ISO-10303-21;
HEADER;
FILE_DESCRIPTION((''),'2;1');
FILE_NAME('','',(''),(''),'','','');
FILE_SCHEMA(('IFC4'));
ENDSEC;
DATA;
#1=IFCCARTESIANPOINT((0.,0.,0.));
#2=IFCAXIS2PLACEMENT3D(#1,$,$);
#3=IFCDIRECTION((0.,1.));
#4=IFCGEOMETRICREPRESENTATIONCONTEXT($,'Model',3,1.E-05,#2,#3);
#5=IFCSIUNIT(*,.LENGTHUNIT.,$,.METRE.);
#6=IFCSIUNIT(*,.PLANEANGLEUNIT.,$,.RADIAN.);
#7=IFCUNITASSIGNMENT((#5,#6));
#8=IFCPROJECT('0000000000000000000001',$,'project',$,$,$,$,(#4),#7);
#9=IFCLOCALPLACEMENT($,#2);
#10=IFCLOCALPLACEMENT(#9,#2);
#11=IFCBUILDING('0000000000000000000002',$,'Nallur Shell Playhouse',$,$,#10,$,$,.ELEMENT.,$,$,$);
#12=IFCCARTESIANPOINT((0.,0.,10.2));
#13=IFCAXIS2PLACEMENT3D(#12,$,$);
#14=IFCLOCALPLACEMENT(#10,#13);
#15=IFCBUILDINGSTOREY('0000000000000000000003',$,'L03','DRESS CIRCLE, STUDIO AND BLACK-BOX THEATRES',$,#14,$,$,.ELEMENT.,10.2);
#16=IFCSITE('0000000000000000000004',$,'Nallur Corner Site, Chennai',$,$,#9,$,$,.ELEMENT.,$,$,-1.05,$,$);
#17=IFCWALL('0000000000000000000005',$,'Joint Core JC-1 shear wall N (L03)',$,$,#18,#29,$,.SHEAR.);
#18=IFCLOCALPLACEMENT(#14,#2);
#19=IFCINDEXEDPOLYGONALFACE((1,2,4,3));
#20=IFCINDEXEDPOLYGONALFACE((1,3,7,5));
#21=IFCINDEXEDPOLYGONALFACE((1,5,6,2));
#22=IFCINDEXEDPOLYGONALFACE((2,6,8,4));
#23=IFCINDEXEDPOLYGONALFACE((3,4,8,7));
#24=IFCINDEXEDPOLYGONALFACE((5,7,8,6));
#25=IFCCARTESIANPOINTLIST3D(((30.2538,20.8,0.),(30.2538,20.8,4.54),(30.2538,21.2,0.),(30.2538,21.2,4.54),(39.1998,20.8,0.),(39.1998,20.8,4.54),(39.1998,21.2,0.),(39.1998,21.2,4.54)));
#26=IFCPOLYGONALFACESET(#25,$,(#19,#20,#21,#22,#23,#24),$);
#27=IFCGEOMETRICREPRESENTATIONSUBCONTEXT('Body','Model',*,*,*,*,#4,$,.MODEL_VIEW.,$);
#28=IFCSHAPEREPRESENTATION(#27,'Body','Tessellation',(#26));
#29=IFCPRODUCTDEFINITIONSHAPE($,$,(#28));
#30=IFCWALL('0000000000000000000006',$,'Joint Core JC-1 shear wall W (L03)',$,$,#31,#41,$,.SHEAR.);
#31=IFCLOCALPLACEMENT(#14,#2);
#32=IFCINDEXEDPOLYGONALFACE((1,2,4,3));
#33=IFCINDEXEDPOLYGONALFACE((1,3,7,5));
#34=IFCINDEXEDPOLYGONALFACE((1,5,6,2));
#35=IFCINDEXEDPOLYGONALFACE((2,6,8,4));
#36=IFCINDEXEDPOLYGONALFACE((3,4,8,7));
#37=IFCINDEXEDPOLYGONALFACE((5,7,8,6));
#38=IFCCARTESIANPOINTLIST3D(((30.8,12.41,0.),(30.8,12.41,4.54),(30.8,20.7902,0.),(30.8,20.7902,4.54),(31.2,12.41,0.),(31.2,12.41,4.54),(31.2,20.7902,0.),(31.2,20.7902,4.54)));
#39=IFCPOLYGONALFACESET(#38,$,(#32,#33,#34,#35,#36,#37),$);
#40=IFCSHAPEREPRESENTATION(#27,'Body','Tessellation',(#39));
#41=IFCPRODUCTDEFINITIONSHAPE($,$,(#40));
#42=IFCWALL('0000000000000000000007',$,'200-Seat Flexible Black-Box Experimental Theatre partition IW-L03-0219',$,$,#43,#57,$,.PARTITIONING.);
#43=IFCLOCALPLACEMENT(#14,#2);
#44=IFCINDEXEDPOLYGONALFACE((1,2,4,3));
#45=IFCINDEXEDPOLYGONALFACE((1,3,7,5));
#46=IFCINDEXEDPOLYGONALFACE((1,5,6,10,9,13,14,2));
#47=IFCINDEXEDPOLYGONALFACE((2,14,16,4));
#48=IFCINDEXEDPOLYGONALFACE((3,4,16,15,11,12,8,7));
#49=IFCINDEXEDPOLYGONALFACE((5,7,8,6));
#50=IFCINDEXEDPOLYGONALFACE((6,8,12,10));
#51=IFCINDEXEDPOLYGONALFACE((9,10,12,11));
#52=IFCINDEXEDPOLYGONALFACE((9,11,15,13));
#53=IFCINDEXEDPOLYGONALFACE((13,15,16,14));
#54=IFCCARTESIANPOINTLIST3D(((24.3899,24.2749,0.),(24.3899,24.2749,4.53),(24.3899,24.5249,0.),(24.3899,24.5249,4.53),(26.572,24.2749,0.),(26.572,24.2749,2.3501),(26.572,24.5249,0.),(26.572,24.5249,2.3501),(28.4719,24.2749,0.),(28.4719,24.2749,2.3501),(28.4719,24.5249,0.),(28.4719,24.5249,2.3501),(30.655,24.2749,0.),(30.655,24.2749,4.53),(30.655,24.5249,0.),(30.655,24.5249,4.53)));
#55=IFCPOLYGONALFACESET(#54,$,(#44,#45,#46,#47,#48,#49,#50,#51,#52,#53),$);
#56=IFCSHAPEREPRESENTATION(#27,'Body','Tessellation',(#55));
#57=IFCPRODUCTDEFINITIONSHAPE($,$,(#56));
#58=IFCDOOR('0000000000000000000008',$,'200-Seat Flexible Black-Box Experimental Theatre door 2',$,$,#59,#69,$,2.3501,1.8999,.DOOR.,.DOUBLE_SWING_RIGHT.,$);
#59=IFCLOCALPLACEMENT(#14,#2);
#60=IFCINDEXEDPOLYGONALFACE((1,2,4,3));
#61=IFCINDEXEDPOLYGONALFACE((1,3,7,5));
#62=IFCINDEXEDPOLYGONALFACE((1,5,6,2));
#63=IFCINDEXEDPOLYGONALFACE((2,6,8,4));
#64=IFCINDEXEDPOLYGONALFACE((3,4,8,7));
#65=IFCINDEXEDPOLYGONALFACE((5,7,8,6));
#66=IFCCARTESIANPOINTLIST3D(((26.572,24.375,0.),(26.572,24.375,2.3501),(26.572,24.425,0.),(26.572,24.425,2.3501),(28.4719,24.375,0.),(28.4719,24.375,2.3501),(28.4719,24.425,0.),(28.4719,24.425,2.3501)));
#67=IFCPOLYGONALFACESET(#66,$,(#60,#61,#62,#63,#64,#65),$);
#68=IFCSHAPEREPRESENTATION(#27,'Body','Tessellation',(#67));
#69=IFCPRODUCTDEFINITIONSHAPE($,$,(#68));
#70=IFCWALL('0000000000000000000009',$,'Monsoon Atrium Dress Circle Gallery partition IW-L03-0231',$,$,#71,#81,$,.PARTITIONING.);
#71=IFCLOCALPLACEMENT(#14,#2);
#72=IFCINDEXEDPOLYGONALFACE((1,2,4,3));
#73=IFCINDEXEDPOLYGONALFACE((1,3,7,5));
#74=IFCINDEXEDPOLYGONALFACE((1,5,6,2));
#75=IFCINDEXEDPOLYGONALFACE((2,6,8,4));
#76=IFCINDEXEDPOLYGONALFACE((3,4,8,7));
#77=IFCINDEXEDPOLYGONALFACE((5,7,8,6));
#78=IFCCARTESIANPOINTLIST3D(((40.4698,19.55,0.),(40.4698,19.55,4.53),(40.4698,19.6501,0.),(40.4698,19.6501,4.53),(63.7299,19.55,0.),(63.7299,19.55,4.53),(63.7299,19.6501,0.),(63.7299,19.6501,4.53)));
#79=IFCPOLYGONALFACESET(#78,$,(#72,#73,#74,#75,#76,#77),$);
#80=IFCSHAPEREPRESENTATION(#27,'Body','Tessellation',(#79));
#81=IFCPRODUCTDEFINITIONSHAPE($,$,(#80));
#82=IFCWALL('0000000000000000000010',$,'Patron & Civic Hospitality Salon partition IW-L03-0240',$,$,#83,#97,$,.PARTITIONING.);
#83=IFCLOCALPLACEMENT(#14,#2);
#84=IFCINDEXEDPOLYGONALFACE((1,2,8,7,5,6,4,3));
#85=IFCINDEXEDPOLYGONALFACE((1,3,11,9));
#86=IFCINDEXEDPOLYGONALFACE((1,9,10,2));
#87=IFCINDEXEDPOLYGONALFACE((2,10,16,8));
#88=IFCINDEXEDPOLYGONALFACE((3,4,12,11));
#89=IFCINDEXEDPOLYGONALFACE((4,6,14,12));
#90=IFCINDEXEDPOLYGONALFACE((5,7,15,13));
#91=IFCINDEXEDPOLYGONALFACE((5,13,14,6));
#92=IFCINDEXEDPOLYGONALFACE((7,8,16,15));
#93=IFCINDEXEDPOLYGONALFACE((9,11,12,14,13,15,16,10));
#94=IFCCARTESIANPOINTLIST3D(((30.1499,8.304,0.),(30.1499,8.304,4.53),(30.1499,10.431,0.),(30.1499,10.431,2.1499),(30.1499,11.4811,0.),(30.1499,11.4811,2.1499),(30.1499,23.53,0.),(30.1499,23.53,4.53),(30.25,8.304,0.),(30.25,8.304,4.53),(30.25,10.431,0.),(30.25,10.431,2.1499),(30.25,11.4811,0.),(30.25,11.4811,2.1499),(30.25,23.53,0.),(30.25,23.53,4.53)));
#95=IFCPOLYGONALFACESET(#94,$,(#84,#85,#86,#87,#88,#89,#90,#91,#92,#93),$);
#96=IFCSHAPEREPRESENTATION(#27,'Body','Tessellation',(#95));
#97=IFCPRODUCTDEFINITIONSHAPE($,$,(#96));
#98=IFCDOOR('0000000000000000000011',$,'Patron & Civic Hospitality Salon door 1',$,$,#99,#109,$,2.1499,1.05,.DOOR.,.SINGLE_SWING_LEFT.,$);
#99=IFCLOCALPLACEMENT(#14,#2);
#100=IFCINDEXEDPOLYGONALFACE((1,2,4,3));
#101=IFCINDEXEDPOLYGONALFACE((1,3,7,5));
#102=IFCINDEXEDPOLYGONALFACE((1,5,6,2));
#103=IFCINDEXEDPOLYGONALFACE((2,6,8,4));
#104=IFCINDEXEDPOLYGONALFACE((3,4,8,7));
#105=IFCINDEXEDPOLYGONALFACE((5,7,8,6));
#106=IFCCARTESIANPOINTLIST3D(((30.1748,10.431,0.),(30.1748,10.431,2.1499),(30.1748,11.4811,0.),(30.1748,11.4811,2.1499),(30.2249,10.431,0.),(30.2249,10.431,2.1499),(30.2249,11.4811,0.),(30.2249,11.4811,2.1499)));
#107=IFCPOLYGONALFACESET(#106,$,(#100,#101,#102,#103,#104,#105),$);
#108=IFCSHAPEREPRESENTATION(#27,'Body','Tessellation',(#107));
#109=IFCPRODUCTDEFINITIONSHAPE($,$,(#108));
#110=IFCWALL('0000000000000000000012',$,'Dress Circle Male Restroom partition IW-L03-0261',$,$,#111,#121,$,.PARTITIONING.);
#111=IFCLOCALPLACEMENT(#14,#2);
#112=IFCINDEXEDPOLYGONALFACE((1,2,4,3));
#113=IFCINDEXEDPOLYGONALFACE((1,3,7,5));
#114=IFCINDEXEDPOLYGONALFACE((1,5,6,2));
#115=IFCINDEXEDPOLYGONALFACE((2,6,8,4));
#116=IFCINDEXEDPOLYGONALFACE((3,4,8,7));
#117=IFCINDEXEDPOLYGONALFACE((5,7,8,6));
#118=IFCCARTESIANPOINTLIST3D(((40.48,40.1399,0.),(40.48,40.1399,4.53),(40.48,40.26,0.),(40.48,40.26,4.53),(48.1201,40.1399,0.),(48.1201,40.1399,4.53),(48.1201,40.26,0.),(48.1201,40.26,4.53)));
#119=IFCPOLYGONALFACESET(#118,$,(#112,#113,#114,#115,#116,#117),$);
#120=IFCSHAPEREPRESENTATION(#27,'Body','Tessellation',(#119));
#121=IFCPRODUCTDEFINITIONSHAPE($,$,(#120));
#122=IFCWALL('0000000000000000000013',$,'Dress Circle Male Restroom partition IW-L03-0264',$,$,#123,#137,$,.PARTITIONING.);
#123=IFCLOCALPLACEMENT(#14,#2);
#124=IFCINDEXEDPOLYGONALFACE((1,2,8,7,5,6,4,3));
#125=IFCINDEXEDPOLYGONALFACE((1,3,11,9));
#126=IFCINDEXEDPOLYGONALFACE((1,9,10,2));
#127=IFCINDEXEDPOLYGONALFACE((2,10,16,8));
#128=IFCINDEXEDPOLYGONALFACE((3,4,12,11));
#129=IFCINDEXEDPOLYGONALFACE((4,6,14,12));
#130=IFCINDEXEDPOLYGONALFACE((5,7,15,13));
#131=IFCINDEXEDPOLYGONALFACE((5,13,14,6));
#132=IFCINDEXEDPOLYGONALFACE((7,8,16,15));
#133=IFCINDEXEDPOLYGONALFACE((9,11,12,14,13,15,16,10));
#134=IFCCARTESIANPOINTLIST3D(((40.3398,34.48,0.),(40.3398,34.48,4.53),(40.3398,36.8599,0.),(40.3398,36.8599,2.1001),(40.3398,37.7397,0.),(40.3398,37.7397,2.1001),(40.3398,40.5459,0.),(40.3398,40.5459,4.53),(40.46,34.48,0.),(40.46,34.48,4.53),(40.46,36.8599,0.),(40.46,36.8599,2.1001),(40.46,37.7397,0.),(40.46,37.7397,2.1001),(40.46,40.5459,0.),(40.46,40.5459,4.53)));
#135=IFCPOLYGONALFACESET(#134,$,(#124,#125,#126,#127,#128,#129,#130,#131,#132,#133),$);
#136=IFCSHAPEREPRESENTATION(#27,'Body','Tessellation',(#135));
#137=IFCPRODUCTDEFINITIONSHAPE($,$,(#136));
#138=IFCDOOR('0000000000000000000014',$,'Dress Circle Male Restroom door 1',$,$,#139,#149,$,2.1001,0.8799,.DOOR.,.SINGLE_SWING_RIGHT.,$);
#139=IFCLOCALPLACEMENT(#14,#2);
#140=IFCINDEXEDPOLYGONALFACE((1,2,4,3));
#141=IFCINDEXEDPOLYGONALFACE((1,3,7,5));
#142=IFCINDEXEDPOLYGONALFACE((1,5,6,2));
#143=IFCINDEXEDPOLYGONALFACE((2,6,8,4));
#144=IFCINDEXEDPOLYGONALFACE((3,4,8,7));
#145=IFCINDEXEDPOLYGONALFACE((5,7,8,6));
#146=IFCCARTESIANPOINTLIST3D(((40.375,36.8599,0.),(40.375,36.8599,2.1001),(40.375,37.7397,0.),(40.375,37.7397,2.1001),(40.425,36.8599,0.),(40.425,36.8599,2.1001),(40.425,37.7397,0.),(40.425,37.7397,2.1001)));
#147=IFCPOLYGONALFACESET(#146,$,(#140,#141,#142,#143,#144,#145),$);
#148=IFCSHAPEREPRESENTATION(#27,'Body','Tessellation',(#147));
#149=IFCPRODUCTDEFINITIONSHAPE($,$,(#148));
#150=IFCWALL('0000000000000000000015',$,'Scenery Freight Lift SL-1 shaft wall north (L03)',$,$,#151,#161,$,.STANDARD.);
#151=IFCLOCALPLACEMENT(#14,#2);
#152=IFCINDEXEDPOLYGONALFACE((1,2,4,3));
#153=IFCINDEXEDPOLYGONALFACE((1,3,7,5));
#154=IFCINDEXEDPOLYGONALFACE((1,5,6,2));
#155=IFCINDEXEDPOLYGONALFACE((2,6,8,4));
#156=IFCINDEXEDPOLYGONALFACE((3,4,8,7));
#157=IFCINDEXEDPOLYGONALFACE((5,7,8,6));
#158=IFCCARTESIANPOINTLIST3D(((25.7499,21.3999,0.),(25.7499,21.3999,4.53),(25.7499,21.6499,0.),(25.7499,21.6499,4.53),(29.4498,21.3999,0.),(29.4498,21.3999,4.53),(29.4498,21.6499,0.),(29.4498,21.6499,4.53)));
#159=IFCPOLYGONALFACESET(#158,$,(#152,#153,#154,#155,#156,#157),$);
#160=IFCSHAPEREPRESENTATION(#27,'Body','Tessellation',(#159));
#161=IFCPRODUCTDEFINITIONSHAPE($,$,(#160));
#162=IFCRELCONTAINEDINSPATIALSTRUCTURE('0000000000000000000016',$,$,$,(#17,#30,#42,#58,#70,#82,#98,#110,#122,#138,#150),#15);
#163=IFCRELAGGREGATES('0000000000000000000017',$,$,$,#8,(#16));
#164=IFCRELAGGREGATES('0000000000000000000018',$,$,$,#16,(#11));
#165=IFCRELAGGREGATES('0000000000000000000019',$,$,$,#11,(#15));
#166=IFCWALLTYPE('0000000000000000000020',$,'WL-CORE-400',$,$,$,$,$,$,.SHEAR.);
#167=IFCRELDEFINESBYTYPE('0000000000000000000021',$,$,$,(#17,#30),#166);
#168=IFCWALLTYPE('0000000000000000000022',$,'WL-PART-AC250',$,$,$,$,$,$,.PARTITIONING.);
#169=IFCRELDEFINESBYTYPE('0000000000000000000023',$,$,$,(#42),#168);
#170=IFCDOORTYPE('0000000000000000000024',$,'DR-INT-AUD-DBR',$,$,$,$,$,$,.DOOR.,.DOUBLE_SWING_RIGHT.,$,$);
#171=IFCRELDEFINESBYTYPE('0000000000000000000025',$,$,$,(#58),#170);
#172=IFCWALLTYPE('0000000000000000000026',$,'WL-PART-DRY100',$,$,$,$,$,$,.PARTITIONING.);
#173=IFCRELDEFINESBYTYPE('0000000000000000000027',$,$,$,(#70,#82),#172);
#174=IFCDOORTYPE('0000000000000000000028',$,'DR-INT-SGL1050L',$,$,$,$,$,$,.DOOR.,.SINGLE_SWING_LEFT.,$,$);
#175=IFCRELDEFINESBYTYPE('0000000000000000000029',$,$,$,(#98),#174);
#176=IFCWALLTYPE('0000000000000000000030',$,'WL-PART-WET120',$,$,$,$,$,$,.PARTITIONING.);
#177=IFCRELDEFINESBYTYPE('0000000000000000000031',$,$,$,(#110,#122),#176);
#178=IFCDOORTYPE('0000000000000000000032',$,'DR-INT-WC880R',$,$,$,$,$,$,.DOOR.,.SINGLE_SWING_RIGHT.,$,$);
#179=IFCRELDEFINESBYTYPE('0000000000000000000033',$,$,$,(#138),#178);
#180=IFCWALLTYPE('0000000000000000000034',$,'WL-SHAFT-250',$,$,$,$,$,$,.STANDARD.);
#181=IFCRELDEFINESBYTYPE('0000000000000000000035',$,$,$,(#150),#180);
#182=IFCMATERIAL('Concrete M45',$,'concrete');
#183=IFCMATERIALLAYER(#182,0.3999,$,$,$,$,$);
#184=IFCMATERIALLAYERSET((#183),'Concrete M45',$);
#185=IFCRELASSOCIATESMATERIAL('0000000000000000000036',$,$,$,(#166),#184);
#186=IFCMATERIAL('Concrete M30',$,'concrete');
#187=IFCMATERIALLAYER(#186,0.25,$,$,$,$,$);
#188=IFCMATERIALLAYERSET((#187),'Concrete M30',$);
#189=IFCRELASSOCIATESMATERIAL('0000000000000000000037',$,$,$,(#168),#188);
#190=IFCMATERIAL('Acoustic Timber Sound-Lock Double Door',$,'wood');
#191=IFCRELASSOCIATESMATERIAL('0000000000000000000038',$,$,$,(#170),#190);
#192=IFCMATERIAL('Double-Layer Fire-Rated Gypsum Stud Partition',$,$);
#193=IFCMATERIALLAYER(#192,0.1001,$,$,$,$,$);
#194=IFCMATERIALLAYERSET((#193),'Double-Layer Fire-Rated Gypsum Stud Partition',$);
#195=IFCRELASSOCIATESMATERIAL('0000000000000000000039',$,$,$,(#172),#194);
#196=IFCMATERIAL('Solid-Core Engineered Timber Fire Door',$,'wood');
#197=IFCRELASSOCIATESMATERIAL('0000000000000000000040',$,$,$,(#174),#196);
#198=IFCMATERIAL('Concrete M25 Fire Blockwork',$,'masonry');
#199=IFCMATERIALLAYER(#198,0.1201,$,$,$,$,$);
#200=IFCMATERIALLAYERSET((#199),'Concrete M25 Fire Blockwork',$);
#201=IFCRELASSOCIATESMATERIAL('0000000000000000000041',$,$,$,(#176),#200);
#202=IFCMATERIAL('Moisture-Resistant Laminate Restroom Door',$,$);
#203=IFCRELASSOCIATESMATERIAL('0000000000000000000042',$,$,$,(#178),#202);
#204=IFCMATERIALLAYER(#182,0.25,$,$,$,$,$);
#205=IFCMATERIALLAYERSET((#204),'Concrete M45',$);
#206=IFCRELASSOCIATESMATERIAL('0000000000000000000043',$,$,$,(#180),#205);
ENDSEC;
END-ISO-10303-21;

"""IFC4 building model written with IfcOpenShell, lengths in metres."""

from ifc_helpers import new_model, si_unit, direction, frame, frame_2d, origin, place, context, subcontext, project, spatial, rectangle, extrude, material, layer, layer_set, type_object, element, fill, save


model = new_model("IFC4")

# Units and contexts
model_context = context("Model", 3, precision=1e-05, world=origin(), true_north=direction((0.0, 1.0)))
body_context = subcontext(model_context, "Body", "Model", "MODEL_VIEW")
ifc_project = project(units=[si_unit("LENGTHUNIT", "METRE"), si_unit("PLANEANGLEUNIT", "RADIAN")], contexts=[model_context])

# Site, building, storey
site_placement = place(None, origin())
site = spatial("IfcSite", under=ifc_project, at=site_placement, Name="Nallur Corner Site, Chennai", CompositionType="ELEMENT", RefElevation=-1.05)
building_placement = place(site_placement, origin())
building = spatial("IfcBuilding", under=site, at=building_placement, Name="Nallur Shell Playhouse", CompositionType="ELEMENT")
storey_placement = place(building_placement, frame((0.0, 0.0, 10.2)))
storey = spatial("IfcBuildingStorey", under=building, at=storey_placement, Name="L03", Description="DRESS CIRCLE, STUDIO AND BLACK-BOX THEATRES", CompositionType="ELEMENT", Elevation=10.2)

# Walls
ifc_material_1 = material(Name="Concrete M45", Category="concrete")
ifc_layer_1 = layer(ifc_material_1, 0.3999)
ifc_layer_set_1 = layer_set([ifc_layer_1], Name="Concrete M45")
wall_type_1 = type_object("IfcWallType", Name="WL-CORE-400", PredefinedType="SHEAR", material=ifc_layer_set_1)
wall_1_placement = place(storey_placement, frame((39.2, 21.0, 0.0), z_axis=(0.0, 0.0, 1.0), x_axis=(-1.0, 0.0, 0.0)))
element("IfcWall", 1, at=wall_1_placement, inside=storey, type_object=wall_type_1, Name="Joint Core JC-1 shear wall N (L03)", PredefinedType="SHEAR", context=body_context, shape_type="SweptSolid", body=[
    extrude(rectangle(XDim=8.946, YDim=0.3999, at=frame_2d((4.4731, 0.0))), origin(), (0.0, 0.0, 1.0), 4.54),
])
wall_2_placement = place(storey_placement, frame((31.0, 20.79, 0.0), z_axis=(0.0, 0.0, 1.0), x_axis=(0.0, -1.0, 0.0)))
element("IfcWall", 2, at=wall_2_placement, inside=storey, type_object=wall_type_1, Name="Joint Core JC-1 shear wall W (L03)", PredefinedType="SHEAR", context=body_context, shape_type="SweptSolid", body=[
    extrude(rectangle(XDim=8.3801, YDim=0.3999, at=frame_2d((4.1899, 0.0))), origin(), (0.0, 0.0, 1.0), 4.54),
])

# Wall, opening, door
ifc_material_2 = material(Name="Concrete M30", Category="concrete")
ifc_layer_2 = layer(ifc_material_2, 0.25)
ifc_layer_set_2 = layer_set([ifc_layer_2], Name="Concrete M30")
wall_type_2 = type_object("IfcWallType", Name="WL-PART-AC250", PredefinedType="PARTITIONING", material=ifc_layer_set_2)
wall_3_placement = place(storey_placement, frame((30.655, 24.3999, 0.0), z_axis=(0.0, 0.0, 1.0), x_axis=(-1.0, 0.0, 0.0)))
wall_3 = element("IfcWall", 3, at=wall_3_placement, inside=storey, type_object=wall_type_2, Name="200-Seat Flexible Black-Box Experimental Theatre partition IW-L03-0219", PredefinedType="PARTITIONING", context=body_context, shape_type="SweptSolid", body=[
    extrude(rectangle(XDim=6.2651, YDim=0.25, at=frame_2d((3.1326, 0.0))), origin(), (0.0, 0.0, 1.0), 4.53),
])
opening_1_placement = place(wall_3_placement, frame((2.1831, 0.0, 0.0)))
opening_1 = element("IfcOpeningElement", 4, at=opening_1_placement, cuts=wall_3, PredefinedType="OPENING", context=body_context, shape_type="SweptSolid", body=[
    extrude(rectangle(XDim=1.8999, YDim=2.3501, at=frame_2d((0.95, 1.175))), frame((0.0, 0.135, 0.0), z_axis=(0.0, -1.0, 0.0), x_axis=(1.0, 0.0, 0.0)), (0.0, 0.0, 1.0), 0.27),
])
ifc_material_3 = material(Name="Acoustic Timber Sound-Lock Double Door", Category="wood")
door_type_1 = type_object("IfcDoorType", Name="DR-INT-AUD-DBR", OperationType="DOUBLE_SWING_RIGHT", PredefinedType="DOOR", material=ifc_material_3)
door_1_placement = place(opening_1_placement, origin())
door_1 = element("IfcDoor", 5, at=door_1_placement, inside=storey, type_object=door_type_1, Name="200-Seat Flexible Black-Box Experimental Theatre door 2", OperationType="DOUBLE_SWING_RIGHT", OverallHeight=2.3501, OverallWidth=1.8999, PredefinedType="DOOR", context=body_context, shape_type="SweptSolid", body=[
    extrude(rectangle(XDim=1.8999, YDim=2.3501, at=frame_2d((0.95, 1.175))), frame((0.0, 0.0249, 0.0), z_axis=(0.0, -1.0, 0.0), x_axis=(1.0, 0.0, 0.0)), (0.0, 0.0, 1.0), 0.05),
])
fill(opening_1, door_1)

# Wall
ifc_material_4 = material(Name="Double-Layer Fire-Rated Gypsum Stud Partition")
ifc_layer_3 = layer(ifc_material_4, 0.1001)
ifc_layer_set_3 = layer_set([ifc_layer_3], Name="Double-Layer Fire-Rated Gypsum Stud Partition")
wall_type_3 = type_object("IfcWallType", Name="WL-PART-DRY100", PredefinedType="PARTITIONING", material=ifc_layer_set_3)
wall_4_placement = place(storey_placement, frame((40.47, 19.6001, 0.0), z_axis=(0.0, 0.0, 1.0), x_axis=(1.0, 0.0, 0.0)))
element("IfcWall", 6, at=wall_4_placement, inside=storey, type_object=wall_type_3, Name="Monsoon Atrium Dress Circle Gallery partition IW-L03-0231", PredefinedType="PARTITIONING", context=body_context, shape_type="SweptSolid", body=[
    extrude(rectangle(XDim=23.26, YDim=0.1001, at=frame_2d((11.6299, 0.0))), origin(), (0.0, 0.0, 1.0), 4.53),
])

# Wall, opening, door
wall_5_placement = place(storey_placement, frame((30.2, 23.53, 0.0), z_axis=(0.0, 0.0, 1.0), x_axis=(0.0, -1.0, 0.0)))
wall_5 = element("IfcWall", 7, at=wall_5_placement, inside=storey, type_object=wall_type_3, Name="Patron & Civic Hospitality Salon partition IW-L03-0240", PredefinedType="PARTITIONING", context=body_context, shape_type="SweptSolid", body=[
    extrude(rectangle(XDim=15.2261, YDim=0.1001, at=frame_2d((7.613, 0.0))), origin(), (0.0, 0.0, 1.0), 4.53),
])
opening_2_placement = place(wall_5_placement, frame((12.0491, 0.0, 0.0)))
opening_2 = element("IfcOpeningElement", 8, at=opening_2_placement, cuts=wall_5, PredefinedType="OPENING", context=body_context, shape_type="SweptSolid", body=[
    extrude(rectangle(XDim=1.05, YDim=2.1499, at=frame_2d((0.5249, 1.075))), frame((0.0, 0.0601, 0.0), z_axis=(0.0, -1.0, 0.0), x_axis=(1.0, 0.0, 0.0)), (0.0, 0.0, 1.0), 0.1201),
])
ifc_material_5 = material(Name="Solid-Core Engineered Timber Fire Door", Category="wood")
door_type_2 = type_object("IfcDoorType", Name="DR-INT-SGL1050L", OperationType="SINGLE_SWING_LEFT", PredefinedType="DOOR", material=ifc_material_5)
door_2_placement = place(opening_2_placement, origin())
door_2 = element("IfcDoor", 9, at=door_2_placement, inside=storey, type_object=door_type_2, Name="Patron & Civic Hospitality Salon door 1", OperationType="SINGLE_SWING_LEFT", OverallHeight=2.1499, OverallWidth=1.05, PredefinedType="DOOR", context=body_context, shape_type="SweptSolid", body=[
    extrude(rectangle(XDim=1.05, YDim=2.1499, at=frame_2d((0.5249, 1.075))), frame((0.0, 0.0249, 0.0), z_axis=(0.0, -1.0, 0.0), x_axis=(1.0, 0.0, 0.0)), (0.0, 0.0, 1.0), 0.05),
])
fill(opening_2, door_2)

# Wall
ifc_material_6 = material(Name="Concrete M25 Fire Blockwork", Category="masonry")
ifc_layer_4 = layer(ifc_material_6, 0.1201)
ifc_layer_set_4 = layer_set([ifc_layer_4], Name="Concrete M25 Fire Blockwork")
wall_type_4 = type_object("IfcWallType", Name="WL-PART-WET120", PredefinedType="PARTITIONING", material=ifc_layer_set_4)
wall_6_placement = place(storey_placement, frame((40.48, 40.2, 0.0), z_axis=(0.0, 0.0, 1.0), x_axis=(1.0, 0.0, 0.0)))
element("IfcWall", 10, at=wall_6_placement, inside=storey, type_object=wall_type_4, Name="Dress Circle Male Restroom partition IW-L03-0261", PredefinedType="PARTITIONING", context=body_context, shape_type="SweptSolid", body=[
    extrude(rectangle(XDim=7.6401, YDim=0.1201, at=frame_2d((3.8201, 0.0))), origin(), (0.0, 0.0, 1.0), 4.53),
])

# Wall, opening, door
wall_7_placement = place(storey_placement, frame((40.3999, 34.48, 0.0), z_axis=(0.0, 0.0, 1.0), x_axis=(0.0, 1.0, 0.0)))
wall_7 = element("IfcWall", 11, at=wall_7_placement, inside=storey, type_object=wall_type_4, Name="Dress Circle Male Restroom partition IW-L03-0264", PredefinedType="PARTITIONING", context=body_context, shape_type="SweptSolid", body=[
    extrude(rectangle(XDim=6.0659, YDim=0.1201, at=frame_2d((3.033, 0.0))), origin(), (0.0, 0.0, 1.0), 4.53),
])
opening_3_placement = place(wall_7_placement, frame((2.3799, 0.0, 0.0)))
opening_3 = element("IfcOpeningElement", 12, at=opening_3_placement, cuts=wall_7, PredefinedType="OPENING", context=body_context, shape_type="SweptSolid", body=[
    extrude(rectangle(XDim=0.8799, YDim=2.1001, at=frame_2d((0.4399, 1.05))), frame((0.0, 0.0701, 0.0), z_axis=(0.0, -1.0, 0.0), x_axis=(1.0, 0.0, 0.0)), (0.0, 0.0, 1.0), 0.1401),
])
ifc_material_7 = material(Name="Moisture-Resistant Laminate Restroom Door")
door_type_3 = type_object("IfcDoorType", Name="DR-INT-WC880R", OperationType="SINGLE_SWING_RIGHT", PredefinedType="DOOR", material=ifc_material_7)
door_3_placement = place(opening_3_placement, origin())
door_3 = element("IfcDoor", 13, at=door_3_placement, inside=storey, type_object=door_type_3, Name="Dress Circle Male Restroom door 1", OperationType="SINGLE_SWING_RIGHT", OverallHeight=2.1001, OverallWidth=0.8799, PredefinedType="DOOR", context=body_context, shape_type="SweptSolid", body=[
    extrude(rectangle(XDim=0.8799, YDim=2.1001, at=frame_2d((0.4399, 1.05))), frame((0.0, 0.0249, 0.0), z_axis=(0.0, -1.0, 0.0), x_axis=(1.0, 0.0, 0.0)), (0.0, 0.0, 1.0), 0.05),
])
fill(opening_3, door_3)

# Wall
ifc_layer_5 = layer(ifc_material_1, 0.25)
ifc_layer_set_5 = layer_set([ifc_layer_5], Name="Concrete M45")
wall_type_5 = type_object("IfcWallType", Name="WL-SHAFT-250", PredefinedType="STANDARD", material=ifc_layer_set_5)
wall_8_placement = place(storey_placement, frame((29.45, 21.5249, 0.0), z_axis=(0.0, 0.0, 1.0), x_axis=(-1.0, 0.0, 0.0)))
element("IfcWall", 14, at=wall_8_placement, inside=storey, type_object=wall_type_5, Name="Scenery Freight Lift SL-1 shaft wall north (L03)", PredefinedType="STANDARD", context=body_context, shape_type="SweptSolid", body=[
    extrude(rectangle(XDim=3.7, YDim=0.25, at=frame_2d((1.8501, 0.0))), origin(), (0.0, 0.0, 1.0), 4.53),
])

save(model, "model.ifc")
